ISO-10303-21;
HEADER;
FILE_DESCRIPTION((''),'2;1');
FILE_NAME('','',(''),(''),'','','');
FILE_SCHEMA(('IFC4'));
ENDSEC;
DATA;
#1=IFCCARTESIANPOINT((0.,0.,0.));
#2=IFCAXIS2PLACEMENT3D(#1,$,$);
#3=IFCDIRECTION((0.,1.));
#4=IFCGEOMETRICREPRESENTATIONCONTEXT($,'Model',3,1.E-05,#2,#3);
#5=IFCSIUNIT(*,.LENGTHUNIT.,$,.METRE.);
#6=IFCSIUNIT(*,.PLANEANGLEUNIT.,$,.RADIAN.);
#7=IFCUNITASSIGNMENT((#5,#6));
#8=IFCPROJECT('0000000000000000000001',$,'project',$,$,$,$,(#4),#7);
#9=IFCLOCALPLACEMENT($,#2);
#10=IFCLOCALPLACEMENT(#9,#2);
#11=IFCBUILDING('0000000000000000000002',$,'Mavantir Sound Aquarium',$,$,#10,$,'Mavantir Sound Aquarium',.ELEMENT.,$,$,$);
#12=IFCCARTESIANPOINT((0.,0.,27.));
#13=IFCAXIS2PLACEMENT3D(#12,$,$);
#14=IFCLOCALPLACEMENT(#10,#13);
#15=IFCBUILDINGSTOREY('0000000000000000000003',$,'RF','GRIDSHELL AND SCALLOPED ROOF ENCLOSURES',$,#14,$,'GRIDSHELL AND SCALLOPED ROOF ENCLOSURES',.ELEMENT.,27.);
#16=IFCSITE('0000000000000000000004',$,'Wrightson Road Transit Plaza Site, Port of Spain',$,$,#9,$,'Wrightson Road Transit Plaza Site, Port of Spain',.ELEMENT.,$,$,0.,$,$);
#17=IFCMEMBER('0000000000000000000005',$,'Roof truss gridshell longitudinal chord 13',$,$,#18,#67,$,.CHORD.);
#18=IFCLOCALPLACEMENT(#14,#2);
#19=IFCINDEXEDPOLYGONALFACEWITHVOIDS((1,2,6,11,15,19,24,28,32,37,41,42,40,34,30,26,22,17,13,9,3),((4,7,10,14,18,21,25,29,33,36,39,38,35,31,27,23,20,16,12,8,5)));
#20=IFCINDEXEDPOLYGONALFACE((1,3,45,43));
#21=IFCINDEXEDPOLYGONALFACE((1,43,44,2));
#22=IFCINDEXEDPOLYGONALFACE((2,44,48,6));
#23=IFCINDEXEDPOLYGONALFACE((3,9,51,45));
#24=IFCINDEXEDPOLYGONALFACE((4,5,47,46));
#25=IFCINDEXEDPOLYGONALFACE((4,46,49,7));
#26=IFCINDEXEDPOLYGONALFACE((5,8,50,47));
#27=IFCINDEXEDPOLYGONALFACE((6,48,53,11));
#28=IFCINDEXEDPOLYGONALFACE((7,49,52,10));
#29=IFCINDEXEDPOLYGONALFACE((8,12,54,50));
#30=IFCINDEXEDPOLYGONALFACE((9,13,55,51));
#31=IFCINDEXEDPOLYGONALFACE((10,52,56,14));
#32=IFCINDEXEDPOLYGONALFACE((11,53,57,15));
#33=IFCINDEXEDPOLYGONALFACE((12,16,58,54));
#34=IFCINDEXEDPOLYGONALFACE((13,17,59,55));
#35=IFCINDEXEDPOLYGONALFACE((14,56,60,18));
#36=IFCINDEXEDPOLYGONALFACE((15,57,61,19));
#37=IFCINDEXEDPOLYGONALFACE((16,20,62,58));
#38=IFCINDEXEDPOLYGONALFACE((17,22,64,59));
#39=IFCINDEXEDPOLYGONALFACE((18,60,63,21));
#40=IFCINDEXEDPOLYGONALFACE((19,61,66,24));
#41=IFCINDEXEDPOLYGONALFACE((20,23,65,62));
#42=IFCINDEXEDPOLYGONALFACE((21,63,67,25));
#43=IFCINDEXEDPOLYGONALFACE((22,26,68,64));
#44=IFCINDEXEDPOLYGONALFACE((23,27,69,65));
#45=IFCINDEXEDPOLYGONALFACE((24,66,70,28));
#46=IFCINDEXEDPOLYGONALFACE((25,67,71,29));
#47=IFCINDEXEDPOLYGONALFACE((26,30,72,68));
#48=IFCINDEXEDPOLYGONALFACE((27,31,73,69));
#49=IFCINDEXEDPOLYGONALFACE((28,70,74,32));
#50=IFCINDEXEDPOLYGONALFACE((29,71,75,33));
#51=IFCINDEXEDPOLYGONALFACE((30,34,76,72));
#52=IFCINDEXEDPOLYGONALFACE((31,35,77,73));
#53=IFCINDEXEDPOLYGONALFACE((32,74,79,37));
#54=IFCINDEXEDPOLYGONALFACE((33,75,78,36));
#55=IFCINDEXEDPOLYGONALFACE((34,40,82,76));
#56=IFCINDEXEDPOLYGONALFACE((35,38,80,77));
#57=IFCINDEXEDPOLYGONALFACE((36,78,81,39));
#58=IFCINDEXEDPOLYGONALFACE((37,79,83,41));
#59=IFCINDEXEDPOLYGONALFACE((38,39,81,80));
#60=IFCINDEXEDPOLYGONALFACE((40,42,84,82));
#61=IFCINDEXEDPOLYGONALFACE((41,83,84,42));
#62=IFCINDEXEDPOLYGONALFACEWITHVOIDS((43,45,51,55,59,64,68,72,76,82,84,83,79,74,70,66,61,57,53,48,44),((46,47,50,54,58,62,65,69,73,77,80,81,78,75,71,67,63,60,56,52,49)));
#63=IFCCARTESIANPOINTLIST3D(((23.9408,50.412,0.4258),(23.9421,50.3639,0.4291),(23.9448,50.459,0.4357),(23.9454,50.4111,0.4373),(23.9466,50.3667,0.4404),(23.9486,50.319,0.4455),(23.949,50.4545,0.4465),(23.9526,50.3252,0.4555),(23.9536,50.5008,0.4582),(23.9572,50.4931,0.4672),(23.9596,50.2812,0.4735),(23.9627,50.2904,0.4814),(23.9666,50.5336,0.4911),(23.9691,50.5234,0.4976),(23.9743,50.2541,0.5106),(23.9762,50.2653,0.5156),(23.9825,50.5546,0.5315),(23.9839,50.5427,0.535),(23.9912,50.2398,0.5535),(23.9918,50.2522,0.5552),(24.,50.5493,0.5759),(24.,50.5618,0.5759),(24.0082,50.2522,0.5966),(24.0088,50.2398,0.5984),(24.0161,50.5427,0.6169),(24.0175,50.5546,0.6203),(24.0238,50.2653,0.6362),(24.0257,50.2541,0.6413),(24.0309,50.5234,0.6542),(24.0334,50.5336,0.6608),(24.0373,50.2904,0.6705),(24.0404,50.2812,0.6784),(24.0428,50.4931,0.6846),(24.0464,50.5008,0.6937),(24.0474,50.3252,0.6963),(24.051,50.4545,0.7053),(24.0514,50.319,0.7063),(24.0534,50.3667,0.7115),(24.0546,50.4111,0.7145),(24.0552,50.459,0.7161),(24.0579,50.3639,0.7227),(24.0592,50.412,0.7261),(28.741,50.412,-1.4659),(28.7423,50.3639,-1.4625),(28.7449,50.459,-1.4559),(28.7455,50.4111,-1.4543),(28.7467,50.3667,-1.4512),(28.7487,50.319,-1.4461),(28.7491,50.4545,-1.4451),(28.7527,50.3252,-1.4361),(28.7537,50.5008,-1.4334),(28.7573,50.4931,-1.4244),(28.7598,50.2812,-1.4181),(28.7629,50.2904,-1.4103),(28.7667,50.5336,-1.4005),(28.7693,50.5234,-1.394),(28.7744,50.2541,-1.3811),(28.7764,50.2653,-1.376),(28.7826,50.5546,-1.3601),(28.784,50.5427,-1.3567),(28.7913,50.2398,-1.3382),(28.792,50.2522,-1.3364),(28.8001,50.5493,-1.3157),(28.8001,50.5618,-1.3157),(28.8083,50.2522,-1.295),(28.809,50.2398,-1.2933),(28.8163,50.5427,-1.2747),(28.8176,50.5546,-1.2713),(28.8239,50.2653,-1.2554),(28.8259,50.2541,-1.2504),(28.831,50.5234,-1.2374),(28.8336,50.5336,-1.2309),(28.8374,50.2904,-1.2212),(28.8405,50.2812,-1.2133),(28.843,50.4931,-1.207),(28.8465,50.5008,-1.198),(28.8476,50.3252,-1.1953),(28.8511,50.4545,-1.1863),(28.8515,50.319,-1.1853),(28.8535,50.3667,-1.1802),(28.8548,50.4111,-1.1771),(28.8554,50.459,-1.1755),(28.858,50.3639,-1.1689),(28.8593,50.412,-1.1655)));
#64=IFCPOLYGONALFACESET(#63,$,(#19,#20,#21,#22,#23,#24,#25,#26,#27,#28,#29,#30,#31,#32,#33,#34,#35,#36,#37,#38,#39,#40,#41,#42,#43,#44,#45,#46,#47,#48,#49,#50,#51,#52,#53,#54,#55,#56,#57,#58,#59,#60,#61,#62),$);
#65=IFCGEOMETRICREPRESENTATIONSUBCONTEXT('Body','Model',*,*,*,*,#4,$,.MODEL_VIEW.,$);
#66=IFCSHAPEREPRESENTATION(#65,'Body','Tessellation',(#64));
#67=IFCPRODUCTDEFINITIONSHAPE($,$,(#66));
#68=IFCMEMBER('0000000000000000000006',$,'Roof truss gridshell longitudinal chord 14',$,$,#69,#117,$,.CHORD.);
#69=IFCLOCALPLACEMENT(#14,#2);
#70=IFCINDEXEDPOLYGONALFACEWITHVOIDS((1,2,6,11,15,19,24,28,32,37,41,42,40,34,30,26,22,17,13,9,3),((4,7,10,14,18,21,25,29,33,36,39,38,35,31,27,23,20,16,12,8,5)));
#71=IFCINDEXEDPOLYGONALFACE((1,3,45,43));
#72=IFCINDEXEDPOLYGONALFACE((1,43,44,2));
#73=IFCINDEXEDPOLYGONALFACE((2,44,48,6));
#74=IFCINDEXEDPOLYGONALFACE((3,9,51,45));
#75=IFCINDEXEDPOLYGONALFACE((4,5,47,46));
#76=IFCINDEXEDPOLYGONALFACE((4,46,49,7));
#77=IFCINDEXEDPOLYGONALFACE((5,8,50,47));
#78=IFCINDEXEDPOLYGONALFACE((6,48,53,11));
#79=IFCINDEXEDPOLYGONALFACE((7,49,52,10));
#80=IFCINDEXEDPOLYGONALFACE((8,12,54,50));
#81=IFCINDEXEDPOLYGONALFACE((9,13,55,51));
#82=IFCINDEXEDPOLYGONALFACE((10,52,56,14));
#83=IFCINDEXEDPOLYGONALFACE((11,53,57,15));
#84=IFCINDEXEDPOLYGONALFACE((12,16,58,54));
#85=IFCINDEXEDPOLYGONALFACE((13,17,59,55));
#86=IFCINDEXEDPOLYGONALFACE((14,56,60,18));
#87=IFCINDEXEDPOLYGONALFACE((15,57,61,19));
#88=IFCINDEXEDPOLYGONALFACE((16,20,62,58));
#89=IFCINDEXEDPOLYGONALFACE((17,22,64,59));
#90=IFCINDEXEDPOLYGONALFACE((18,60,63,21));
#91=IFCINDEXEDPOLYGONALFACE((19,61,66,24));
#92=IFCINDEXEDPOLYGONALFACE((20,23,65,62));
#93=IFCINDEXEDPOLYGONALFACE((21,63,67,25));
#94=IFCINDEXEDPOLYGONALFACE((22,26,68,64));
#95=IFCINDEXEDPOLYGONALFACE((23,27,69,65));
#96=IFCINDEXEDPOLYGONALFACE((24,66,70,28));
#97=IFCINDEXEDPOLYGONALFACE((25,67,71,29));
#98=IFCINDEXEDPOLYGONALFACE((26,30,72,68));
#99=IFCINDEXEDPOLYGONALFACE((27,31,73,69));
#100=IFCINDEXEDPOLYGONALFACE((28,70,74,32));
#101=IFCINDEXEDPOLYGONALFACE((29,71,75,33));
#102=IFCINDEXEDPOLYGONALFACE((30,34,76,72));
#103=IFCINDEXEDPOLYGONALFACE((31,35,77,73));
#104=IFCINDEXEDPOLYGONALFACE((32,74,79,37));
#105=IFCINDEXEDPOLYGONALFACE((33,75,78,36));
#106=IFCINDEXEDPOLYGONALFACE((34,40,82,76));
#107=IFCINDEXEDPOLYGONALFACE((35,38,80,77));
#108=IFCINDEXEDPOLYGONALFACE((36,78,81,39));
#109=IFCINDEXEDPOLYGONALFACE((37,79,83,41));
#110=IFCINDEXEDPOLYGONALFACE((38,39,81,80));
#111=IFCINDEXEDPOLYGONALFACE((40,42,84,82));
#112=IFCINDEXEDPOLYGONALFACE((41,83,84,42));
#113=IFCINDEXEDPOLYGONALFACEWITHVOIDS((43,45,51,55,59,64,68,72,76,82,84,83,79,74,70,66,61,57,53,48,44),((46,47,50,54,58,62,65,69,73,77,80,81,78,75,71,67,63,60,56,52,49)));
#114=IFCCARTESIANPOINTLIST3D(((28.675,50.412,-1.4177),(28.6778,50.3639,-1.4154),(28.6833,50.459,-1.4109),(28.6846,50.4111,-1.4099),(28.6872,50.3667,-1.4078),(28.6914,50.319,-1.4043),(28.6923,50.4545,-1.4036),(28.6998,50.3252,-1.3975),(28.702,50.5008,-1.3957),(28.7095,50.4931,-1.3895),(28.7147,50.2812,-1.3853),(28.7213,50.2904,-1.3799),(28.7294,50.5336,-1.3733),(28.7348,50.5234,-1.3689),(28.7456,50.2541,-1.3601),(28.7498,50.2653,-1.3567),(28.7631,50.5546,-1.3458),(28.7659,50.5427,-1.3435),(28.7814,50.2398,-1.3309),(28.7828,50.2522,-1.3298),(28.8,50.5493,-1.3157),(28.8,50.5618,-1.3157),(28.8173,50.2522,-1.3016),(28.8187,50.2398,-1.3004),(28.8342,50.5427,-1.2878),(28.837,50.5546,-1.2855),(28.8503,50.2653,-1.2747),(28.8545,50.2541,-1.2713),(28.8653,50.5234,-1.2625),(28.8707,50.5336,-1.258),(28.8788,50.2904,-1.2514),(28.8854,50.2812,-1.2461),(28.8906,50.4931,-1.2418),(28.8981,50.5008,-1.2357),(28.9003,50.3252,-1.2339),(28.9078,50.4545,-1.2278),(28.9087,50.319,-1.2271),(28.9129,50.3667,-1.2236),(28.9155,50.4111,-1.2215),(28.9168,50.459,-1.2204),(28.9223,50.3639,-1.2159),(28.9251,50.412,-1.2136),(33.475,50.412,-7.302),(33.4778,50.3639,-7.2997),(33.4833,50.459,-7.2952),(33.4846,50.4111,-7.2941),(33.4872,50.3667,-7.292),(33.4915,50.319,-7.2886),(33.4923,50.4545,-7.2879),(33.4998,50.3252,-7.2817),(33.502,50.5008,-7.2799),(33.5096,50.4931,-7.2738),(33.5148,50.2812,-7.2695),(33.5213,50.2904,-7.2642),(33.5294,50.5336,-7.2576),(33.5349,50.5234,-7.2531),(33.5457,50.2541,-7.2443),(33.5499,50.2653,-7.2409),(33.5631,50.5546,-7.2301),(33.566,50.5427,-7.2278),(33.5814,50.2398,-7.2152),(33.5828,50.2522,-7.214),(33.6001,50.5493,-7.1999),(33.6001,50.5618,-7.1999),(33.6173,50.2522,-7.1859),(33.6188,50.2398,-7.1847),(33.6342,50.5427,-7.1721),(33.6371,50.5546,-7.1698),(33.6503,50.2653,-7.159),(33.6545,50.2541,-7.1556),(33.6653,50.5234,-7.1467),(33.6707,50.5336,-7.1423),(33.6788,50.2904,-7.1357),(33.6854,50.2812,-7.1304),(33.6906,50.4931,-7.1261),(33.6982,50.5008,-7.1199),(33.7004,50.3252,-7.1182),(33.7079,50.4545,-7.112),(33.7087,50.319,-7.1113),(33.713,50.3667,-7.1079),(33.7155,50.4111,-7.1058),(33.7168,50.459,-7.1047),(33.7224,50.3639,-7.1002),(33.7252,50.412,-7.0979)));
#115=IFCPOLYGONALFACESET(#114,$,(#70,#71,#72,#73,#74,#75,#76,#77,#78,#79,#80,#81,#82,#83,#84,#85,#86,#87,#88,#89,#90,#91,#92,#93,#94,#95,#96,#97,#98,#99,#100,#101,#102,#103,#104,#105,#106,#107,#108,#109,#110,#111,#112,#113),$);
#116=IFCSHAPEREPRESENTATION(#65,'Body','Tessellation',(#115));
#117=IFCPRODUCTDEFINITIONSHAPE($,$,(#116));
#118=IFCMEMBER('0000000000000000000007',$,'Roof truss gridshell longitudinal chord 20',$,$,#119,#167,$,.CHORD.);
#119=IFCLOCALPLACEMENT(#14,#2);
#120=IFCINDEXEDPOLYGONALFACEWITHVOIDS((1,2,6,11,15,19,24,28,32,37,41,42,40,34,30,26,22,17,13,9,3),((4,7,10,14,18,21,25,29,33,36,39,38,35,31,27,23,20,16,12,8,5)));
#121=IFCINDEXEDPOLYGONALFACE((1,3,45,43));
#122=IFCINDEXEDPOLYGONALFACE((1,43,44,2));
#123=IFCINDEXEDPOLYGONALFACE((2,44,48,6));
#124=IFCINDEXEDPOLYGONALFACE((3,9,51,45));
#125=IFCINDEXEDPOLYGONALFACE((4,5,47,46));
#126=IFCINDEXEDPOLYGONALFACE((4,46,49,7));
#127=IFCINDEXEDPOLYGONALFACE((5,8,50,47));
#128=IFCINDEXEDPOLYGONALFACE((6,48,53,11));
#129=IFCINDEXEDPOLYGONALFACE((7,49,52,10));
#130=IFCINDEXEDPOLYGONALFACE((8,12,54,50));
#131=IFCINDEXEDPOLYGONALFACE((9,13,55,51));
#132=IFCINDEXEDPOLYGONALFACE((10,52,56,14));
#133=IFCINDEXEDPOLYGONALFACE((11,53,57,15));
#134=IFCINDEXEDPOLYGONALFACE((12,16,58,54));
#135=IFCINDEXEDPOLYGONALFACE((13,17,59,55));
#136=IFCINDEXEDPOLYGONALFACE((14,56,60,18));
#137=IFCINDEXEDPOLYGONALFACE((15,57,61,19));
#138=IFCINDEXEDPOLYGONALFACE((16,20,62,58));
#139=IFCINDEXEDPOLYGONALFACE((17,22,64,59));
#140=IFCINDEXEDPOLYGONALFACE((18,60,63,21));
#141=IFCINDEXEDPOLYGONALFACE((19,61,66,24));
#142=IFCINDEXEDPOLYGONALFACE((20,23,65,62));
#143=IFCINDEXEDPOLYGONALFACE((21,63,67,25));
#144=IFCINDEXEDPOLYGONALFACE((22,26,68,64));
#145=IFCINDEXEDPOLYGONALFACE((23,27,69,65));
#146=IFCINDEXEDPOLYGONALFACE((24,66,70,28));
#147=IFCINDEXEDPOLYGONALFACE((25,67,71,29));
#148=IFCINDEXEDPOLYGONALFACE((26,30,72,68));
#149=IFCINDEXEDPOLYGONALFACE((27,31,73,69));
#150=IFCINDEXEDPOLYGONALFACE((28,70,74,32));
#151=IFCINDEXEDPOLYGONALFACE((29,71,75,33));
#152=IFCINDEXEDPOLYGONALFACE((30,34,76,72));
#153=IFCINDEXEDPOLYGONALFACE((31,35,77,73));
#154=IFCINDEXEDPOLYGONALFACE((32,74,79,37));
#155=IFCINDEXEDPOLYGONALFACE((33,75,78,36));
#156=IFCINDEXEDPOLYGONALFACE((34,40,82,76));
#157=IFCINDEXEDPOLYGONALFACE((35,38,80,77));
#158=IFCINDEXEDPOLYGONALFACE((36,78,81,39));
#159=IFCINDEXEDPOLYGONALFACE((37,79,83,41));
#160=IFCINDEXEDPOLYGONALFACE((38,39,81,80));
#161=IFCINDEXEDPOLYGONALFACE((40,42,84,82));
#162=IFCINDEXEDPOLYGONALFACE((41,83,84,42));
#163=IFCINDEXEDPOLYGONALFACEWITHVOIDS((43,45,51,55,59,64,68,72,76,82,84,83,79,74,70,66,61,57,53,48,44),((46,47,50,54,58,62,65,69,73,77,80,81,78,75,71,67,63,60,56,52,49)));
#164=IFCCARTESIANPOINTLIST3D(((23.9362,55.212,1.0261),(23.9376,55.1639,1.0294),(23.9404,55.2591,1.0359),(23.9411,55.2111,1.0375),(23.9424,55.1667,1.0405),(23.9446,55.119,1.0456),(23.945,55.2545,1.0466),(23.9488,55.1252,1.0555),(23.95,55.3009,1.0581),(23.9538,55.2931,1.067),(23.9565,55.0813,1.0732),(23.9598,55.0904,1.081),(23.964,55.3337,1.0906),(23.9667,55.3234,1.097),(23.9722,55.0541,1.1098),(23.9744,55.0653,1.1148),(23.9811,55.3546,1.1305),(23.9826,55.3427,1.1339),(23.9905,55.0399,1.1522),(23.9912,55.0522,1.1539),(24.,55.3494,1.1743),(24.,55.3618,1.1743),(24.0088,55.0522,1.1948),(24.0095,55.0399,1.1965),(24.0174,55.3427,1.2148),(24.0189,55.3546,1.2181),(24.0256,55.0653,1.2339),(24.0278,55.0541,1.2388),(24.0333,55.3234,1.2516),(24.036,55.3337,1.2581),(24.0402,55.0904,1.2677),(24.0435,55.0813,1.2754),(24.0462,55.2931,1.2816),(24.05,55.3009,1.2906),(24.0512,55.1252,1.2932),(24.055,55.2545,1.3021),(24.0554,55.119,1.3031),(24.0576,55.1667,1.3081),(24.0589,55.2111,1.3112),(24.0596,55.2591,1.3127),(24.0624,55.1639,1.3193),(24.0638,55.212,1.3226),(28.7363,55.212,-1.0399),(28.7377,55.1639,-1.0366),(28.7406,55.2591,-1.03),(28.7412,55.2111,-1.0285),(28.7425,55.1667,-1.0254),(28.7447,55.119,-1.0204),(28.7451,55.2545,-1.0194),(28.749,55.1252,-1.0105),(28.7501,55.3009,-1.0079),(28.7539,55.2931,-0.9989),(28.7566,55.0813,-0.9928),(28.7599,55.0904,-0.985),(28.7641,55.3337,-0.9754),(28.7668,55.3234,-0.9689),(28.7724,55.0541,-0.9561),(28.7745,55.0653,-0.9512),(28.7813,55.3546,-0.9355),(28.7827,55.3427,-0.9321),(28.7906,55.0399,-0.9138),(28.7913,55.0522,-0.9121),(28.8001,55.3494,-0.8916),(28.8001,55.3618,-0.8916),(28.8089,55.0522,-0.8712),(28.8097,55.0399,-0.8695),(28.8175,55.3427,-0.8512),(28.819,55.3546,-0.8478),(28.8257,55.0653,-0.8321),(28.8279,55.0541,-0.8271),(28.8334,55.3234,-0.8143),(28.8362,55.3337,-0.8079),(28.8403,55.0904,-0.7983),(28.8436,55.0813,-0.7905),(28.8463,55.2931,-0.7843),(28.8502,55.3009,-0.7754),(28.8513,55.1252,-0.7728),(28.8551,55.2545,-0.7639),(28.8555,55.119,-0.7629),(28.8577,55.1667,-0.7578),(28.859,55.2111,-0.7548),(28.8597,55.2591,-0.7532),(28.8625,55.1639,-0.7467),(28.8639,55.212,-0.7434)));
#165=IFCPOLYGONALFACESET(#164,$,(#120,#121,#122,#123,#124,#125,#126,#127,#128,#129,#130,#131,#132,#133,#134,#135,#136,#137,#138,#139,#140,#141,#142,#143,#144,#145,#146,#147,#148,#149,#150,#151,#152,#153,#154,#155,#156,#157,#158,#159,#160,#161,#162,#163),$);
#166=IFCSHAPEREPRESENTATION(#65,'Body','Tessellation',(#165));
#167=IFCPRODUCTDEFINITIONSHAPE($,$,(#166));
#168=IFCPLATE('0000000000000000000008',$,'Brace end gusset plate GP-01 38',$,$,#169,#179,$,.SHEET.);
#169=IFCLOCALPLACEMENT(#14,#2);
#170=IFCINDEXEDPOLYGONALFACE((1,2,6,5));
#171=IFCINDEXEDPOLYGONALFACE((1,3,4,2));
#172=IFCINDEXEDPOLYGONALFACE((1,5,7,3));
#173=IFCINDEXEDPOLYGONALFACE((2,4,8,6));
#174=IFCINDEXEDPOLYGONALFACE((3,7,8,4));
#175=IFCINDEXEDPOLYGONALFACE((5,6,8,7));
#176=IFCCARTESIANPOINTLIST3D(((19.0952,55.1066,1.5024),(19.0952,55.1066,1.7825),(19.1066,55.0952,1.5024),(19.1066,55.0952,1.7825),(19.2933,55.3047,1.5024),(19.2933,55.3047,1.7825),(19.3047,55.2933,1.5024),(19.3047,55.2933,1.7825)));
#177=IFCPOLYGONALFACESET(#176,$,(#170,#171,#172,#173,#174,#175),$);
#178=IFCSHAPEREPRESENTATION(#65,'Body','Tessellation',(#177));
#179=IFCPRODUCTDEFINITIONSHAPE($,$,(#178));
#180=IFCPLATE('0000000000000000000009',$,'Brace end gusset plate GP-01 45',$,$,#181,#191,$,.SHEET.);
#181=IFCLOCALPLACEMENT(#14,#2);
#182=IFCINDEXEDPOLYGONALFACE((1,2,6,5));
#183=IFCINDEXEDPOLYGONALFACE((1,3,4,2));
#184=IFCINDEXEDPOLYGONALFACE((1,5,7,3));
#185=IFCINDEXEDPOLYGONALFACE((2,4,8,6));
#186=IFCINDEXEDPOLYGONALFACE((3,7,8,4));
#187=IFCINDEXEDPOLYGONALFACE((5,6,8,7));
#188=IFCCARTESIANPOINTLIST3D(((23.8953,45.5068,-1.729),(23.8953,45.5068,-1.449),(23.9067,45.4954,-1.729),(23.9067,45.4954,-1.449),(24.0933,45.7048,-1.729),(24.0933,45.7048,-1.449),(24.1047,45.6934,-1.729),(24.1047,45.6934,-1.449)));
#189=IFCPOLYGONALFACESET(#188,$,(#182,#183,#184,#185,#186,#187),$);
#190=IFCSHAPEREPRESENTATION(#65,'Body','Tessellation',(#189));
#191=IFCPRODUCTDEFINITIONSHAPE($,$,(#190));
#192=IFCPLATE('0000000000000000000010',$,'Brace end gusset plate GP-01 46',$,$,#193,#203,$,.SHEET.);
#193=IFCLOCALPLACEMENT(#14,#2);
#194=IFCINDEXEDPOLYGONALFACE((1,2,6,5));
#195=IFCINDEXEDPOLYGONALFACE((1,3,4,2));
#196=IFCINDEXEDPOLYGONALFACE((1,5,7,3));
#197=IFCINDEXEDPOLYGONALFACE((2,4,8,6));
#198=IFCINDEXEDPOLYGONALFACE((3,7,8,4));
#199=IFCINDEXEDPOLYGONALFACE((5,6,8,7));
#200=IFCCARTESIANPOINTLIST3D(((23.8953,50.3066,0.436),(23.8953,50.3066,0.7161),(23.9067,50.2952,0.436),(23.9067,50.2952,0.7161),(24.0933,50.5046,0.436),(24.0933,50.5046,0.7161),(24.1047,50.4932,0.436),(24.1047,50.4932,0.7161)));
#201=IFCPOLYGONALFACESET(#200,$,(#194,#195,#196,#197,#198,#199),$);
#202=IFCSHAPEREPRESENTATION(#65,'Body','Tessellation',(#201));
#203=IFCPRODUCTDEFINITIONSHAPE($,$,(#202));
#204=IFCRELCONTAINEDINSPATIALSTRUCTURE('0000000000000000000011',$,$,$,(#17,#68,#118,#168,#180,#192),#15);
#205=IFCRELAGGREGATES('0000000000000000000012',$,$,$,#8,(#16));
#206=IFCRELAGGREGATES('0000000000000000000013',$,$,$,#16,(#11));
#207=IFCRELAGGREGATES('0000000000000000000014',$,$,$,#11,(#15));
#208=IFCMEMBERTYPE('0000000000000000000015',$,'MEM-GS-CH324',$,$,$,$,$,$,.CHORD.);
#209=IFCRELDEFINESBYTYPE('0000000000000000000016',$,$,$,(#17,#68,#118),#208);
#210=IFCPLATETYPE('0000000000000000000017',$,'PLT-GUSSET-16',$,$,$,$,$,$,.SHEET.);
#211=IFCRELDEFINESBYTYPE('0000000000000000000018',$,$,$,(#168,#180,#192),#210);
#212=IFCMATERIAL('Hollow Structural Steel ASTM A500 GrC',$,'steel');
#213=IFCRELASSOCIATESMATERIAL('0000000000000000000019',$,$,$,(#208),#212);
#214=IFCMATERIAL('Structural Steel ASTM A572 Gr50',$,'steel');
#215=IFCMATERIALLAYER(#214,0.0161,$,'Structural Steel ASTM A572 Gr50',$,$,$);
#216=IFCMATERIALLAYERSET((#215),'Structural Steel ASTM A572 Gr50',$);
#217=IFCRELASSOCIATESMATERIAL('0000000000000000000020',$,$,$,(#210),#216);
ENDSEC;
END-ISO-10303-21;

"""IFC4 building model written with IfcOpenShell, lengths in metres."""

from ifc_helpers import new_model, si_unit, direction, frame, origin, origin_2d, place, context, subcontext, project, spatial, rectangle, hollow_circle, extrude, material, layer, layer_set, material_profile, profile_set, type_object, element, save


model = new_model("IFC4")

# Units and contexts
model_context = context("Model", 3, precision=1e-05, world=origin(), true_north=direction((0.0, 1.0)))
body_context = subcontext(model_context, "Body", "Model", "MODEL_VIEW")
ifc_project = project(units=[si_unit("LENGTHUNIT", "METRE"), si_unit("PLANEANGLEUNIT", "RADIAN")], contexts=[model_context])

# Site, building, storey
site_placement = place(None, origin())
site = spatial("IfcSite", under=ifc_project, at=site_placement, Name="Wrightson Road Transit Plaza Site, Port of Spain", LongName="Wrightson Road Transit Plaza Site, Port of Spain", CompositionType="ELEMENT", RefElevation=0.0)
building_placement = place(site_placement, origin())
building = spatial("IfcBuilding", under=site, at=building_placement, Name="Mavantir Sound Aquarium", LongName="Mavantir Sound Aquarium", CompositionType="ELEMENT")
storey_placement = place(building_placement, frame((0.0, 0.0, 27.0)))
storey = spatial("IfcBuildingStorey", under=building, at=storey_placement, Name="RF", Description="GRIDSHELL AND SCALLOPED ROOF ENCLOSURES", LongName="GRIDSHELL AND SCALLOPED ROOF ENCLOSURES", CompositionType="ELEMENT", Elevation=27.0)

# Members
ifc_material_1 = material(Name="Hollow Structural Steel ASTM A500 GrC", Category="steel")
ifc_material_profile_1 = material_profile(ifc_material_1, hollow_circle(Radius=0.1619, WallThickness=0.0125, at=origin_2d()), Name="CHS 323.9X12.5")
ifc_profile_set_1 = profile_set([ifc_material_profile_1], Name="Hollow Structural Steel ASTM A500 GrC")
member_type_1 = type_object("IfcMemberType", Name="MEM-GS-CH324", PredefinedType="CHORD", material=ifc_profile_set_1)
member_1_placement = place(storey_placement, frame((24.0, 50.3999, 0.5759), z_axis=(0.930364, 0.0, -0.366637), x_axis=(0.0, 1.0, 0.0)))
element("IfcMember", 1, at=member_1_placement, inside=storey, type_object=member_type_1, Name="Roof truss gridshell longitudinal chord 13", PredefinedType="CHORD", context=body_context, shape_type="SweptSolid", body=[
    extrude(hollow_circle(Radius=0.1619, WallThickness=0.0125, at=origin_2d()), origin(), (0.0, 0.0, 1.0), 5.1594),
])
member_2_placement = place(storey_placement, frame((28.8, 50.3999, -1.3157), z_axis=(0.632104, 0.0, -0.774883), x_axis=(0.0, 1.0, 0.0)))
element("IfcMember", 2, at=member_2_placement, inside=storey, type_object=member_type_1, Name="Roof truss gridshell longitudinal chord 14", PredefinedType="CHORD", context=body_context, shape_type="SweptSolid", body=[
    extrude(hollow_circle(Radius=0.1619, WallThickness=0.0125, at=origin_2d()), origin(), (0.0, 0.0, 1.0), 7.5938),
])
member_3_placement = place(storey_placement, frame((24.0, 55.2, 1.1743), z_axis=(0.918537, 0.0, -0.395334), x_axis=(0.0, 1.0, 0.0)))
element("IfcMember", 3, at=member_3_placement, inside=storey, type_object=member_type_1, Name="Roof truss gridshell longitudinal chord 20", PredefinedType="CHORD", context=body_context, shape_type="SweptSolid", body=[
    extrude(hollow_circle(Radius=0.1619, WallThickness=0.0125, at=origin_2d()), origin(), (0.0, 0.0, 1.0), 5.2258),
])

# Plates
ifc_material_2 = material(Name="Structural Steel ASTM A572 Gr50", Category="steel")
ifc_layer_1 = layer(ifc_material_2, 0.0161, Name="Structural Steel ASTM A572 Gr50")
ifc_layer_set_1 = layer_set([ifc_layer_1], Name="Structural Steel ASTM A572 Gr50")
plate_type_1 = type_object("IfcPlateType", Name="PLT-GUSSET-16", PredefinedType="SHEET", material=ifc_layer_set_1)
for number, where, z_axis, x_axis, name in (
    (4, (19.2, 55.2, 1.5024), (0.0, 0.0, 1.0), (0.707107, 0.707107, 0.0), "Brace end gusset plate GP-01 38"),
    (5, (24.0, 45.6001, -1.729), (0.0, 0.0, 1.0), (0.707107, 0.707107, 0.0), "Brace end gusset plate GP-01 45"),
    (6, (24.0, 50.3999, 0.436), (0.0, 0.0, 1.0), (0.707107, 0.707107, 0.0), "Brace end gusset plate GP-01 46"),
):
    element("IfcPlate", number, at=place(storey_placement, frame(where, z_axis=z_axis, x_axis=x_axis)), inside=storey, type_object=plate_type_1, Name=name, PredefinedType="SHEET", context=body_context, shape_type="SweptSolid", body=[
        extrude(rectangle(XDim=0.28, YDim=0.0161, at=origin_2d()), origin(), (0.0, 0.0, 1.0), 0.28),
    ])

save(model, "model.ifc")
